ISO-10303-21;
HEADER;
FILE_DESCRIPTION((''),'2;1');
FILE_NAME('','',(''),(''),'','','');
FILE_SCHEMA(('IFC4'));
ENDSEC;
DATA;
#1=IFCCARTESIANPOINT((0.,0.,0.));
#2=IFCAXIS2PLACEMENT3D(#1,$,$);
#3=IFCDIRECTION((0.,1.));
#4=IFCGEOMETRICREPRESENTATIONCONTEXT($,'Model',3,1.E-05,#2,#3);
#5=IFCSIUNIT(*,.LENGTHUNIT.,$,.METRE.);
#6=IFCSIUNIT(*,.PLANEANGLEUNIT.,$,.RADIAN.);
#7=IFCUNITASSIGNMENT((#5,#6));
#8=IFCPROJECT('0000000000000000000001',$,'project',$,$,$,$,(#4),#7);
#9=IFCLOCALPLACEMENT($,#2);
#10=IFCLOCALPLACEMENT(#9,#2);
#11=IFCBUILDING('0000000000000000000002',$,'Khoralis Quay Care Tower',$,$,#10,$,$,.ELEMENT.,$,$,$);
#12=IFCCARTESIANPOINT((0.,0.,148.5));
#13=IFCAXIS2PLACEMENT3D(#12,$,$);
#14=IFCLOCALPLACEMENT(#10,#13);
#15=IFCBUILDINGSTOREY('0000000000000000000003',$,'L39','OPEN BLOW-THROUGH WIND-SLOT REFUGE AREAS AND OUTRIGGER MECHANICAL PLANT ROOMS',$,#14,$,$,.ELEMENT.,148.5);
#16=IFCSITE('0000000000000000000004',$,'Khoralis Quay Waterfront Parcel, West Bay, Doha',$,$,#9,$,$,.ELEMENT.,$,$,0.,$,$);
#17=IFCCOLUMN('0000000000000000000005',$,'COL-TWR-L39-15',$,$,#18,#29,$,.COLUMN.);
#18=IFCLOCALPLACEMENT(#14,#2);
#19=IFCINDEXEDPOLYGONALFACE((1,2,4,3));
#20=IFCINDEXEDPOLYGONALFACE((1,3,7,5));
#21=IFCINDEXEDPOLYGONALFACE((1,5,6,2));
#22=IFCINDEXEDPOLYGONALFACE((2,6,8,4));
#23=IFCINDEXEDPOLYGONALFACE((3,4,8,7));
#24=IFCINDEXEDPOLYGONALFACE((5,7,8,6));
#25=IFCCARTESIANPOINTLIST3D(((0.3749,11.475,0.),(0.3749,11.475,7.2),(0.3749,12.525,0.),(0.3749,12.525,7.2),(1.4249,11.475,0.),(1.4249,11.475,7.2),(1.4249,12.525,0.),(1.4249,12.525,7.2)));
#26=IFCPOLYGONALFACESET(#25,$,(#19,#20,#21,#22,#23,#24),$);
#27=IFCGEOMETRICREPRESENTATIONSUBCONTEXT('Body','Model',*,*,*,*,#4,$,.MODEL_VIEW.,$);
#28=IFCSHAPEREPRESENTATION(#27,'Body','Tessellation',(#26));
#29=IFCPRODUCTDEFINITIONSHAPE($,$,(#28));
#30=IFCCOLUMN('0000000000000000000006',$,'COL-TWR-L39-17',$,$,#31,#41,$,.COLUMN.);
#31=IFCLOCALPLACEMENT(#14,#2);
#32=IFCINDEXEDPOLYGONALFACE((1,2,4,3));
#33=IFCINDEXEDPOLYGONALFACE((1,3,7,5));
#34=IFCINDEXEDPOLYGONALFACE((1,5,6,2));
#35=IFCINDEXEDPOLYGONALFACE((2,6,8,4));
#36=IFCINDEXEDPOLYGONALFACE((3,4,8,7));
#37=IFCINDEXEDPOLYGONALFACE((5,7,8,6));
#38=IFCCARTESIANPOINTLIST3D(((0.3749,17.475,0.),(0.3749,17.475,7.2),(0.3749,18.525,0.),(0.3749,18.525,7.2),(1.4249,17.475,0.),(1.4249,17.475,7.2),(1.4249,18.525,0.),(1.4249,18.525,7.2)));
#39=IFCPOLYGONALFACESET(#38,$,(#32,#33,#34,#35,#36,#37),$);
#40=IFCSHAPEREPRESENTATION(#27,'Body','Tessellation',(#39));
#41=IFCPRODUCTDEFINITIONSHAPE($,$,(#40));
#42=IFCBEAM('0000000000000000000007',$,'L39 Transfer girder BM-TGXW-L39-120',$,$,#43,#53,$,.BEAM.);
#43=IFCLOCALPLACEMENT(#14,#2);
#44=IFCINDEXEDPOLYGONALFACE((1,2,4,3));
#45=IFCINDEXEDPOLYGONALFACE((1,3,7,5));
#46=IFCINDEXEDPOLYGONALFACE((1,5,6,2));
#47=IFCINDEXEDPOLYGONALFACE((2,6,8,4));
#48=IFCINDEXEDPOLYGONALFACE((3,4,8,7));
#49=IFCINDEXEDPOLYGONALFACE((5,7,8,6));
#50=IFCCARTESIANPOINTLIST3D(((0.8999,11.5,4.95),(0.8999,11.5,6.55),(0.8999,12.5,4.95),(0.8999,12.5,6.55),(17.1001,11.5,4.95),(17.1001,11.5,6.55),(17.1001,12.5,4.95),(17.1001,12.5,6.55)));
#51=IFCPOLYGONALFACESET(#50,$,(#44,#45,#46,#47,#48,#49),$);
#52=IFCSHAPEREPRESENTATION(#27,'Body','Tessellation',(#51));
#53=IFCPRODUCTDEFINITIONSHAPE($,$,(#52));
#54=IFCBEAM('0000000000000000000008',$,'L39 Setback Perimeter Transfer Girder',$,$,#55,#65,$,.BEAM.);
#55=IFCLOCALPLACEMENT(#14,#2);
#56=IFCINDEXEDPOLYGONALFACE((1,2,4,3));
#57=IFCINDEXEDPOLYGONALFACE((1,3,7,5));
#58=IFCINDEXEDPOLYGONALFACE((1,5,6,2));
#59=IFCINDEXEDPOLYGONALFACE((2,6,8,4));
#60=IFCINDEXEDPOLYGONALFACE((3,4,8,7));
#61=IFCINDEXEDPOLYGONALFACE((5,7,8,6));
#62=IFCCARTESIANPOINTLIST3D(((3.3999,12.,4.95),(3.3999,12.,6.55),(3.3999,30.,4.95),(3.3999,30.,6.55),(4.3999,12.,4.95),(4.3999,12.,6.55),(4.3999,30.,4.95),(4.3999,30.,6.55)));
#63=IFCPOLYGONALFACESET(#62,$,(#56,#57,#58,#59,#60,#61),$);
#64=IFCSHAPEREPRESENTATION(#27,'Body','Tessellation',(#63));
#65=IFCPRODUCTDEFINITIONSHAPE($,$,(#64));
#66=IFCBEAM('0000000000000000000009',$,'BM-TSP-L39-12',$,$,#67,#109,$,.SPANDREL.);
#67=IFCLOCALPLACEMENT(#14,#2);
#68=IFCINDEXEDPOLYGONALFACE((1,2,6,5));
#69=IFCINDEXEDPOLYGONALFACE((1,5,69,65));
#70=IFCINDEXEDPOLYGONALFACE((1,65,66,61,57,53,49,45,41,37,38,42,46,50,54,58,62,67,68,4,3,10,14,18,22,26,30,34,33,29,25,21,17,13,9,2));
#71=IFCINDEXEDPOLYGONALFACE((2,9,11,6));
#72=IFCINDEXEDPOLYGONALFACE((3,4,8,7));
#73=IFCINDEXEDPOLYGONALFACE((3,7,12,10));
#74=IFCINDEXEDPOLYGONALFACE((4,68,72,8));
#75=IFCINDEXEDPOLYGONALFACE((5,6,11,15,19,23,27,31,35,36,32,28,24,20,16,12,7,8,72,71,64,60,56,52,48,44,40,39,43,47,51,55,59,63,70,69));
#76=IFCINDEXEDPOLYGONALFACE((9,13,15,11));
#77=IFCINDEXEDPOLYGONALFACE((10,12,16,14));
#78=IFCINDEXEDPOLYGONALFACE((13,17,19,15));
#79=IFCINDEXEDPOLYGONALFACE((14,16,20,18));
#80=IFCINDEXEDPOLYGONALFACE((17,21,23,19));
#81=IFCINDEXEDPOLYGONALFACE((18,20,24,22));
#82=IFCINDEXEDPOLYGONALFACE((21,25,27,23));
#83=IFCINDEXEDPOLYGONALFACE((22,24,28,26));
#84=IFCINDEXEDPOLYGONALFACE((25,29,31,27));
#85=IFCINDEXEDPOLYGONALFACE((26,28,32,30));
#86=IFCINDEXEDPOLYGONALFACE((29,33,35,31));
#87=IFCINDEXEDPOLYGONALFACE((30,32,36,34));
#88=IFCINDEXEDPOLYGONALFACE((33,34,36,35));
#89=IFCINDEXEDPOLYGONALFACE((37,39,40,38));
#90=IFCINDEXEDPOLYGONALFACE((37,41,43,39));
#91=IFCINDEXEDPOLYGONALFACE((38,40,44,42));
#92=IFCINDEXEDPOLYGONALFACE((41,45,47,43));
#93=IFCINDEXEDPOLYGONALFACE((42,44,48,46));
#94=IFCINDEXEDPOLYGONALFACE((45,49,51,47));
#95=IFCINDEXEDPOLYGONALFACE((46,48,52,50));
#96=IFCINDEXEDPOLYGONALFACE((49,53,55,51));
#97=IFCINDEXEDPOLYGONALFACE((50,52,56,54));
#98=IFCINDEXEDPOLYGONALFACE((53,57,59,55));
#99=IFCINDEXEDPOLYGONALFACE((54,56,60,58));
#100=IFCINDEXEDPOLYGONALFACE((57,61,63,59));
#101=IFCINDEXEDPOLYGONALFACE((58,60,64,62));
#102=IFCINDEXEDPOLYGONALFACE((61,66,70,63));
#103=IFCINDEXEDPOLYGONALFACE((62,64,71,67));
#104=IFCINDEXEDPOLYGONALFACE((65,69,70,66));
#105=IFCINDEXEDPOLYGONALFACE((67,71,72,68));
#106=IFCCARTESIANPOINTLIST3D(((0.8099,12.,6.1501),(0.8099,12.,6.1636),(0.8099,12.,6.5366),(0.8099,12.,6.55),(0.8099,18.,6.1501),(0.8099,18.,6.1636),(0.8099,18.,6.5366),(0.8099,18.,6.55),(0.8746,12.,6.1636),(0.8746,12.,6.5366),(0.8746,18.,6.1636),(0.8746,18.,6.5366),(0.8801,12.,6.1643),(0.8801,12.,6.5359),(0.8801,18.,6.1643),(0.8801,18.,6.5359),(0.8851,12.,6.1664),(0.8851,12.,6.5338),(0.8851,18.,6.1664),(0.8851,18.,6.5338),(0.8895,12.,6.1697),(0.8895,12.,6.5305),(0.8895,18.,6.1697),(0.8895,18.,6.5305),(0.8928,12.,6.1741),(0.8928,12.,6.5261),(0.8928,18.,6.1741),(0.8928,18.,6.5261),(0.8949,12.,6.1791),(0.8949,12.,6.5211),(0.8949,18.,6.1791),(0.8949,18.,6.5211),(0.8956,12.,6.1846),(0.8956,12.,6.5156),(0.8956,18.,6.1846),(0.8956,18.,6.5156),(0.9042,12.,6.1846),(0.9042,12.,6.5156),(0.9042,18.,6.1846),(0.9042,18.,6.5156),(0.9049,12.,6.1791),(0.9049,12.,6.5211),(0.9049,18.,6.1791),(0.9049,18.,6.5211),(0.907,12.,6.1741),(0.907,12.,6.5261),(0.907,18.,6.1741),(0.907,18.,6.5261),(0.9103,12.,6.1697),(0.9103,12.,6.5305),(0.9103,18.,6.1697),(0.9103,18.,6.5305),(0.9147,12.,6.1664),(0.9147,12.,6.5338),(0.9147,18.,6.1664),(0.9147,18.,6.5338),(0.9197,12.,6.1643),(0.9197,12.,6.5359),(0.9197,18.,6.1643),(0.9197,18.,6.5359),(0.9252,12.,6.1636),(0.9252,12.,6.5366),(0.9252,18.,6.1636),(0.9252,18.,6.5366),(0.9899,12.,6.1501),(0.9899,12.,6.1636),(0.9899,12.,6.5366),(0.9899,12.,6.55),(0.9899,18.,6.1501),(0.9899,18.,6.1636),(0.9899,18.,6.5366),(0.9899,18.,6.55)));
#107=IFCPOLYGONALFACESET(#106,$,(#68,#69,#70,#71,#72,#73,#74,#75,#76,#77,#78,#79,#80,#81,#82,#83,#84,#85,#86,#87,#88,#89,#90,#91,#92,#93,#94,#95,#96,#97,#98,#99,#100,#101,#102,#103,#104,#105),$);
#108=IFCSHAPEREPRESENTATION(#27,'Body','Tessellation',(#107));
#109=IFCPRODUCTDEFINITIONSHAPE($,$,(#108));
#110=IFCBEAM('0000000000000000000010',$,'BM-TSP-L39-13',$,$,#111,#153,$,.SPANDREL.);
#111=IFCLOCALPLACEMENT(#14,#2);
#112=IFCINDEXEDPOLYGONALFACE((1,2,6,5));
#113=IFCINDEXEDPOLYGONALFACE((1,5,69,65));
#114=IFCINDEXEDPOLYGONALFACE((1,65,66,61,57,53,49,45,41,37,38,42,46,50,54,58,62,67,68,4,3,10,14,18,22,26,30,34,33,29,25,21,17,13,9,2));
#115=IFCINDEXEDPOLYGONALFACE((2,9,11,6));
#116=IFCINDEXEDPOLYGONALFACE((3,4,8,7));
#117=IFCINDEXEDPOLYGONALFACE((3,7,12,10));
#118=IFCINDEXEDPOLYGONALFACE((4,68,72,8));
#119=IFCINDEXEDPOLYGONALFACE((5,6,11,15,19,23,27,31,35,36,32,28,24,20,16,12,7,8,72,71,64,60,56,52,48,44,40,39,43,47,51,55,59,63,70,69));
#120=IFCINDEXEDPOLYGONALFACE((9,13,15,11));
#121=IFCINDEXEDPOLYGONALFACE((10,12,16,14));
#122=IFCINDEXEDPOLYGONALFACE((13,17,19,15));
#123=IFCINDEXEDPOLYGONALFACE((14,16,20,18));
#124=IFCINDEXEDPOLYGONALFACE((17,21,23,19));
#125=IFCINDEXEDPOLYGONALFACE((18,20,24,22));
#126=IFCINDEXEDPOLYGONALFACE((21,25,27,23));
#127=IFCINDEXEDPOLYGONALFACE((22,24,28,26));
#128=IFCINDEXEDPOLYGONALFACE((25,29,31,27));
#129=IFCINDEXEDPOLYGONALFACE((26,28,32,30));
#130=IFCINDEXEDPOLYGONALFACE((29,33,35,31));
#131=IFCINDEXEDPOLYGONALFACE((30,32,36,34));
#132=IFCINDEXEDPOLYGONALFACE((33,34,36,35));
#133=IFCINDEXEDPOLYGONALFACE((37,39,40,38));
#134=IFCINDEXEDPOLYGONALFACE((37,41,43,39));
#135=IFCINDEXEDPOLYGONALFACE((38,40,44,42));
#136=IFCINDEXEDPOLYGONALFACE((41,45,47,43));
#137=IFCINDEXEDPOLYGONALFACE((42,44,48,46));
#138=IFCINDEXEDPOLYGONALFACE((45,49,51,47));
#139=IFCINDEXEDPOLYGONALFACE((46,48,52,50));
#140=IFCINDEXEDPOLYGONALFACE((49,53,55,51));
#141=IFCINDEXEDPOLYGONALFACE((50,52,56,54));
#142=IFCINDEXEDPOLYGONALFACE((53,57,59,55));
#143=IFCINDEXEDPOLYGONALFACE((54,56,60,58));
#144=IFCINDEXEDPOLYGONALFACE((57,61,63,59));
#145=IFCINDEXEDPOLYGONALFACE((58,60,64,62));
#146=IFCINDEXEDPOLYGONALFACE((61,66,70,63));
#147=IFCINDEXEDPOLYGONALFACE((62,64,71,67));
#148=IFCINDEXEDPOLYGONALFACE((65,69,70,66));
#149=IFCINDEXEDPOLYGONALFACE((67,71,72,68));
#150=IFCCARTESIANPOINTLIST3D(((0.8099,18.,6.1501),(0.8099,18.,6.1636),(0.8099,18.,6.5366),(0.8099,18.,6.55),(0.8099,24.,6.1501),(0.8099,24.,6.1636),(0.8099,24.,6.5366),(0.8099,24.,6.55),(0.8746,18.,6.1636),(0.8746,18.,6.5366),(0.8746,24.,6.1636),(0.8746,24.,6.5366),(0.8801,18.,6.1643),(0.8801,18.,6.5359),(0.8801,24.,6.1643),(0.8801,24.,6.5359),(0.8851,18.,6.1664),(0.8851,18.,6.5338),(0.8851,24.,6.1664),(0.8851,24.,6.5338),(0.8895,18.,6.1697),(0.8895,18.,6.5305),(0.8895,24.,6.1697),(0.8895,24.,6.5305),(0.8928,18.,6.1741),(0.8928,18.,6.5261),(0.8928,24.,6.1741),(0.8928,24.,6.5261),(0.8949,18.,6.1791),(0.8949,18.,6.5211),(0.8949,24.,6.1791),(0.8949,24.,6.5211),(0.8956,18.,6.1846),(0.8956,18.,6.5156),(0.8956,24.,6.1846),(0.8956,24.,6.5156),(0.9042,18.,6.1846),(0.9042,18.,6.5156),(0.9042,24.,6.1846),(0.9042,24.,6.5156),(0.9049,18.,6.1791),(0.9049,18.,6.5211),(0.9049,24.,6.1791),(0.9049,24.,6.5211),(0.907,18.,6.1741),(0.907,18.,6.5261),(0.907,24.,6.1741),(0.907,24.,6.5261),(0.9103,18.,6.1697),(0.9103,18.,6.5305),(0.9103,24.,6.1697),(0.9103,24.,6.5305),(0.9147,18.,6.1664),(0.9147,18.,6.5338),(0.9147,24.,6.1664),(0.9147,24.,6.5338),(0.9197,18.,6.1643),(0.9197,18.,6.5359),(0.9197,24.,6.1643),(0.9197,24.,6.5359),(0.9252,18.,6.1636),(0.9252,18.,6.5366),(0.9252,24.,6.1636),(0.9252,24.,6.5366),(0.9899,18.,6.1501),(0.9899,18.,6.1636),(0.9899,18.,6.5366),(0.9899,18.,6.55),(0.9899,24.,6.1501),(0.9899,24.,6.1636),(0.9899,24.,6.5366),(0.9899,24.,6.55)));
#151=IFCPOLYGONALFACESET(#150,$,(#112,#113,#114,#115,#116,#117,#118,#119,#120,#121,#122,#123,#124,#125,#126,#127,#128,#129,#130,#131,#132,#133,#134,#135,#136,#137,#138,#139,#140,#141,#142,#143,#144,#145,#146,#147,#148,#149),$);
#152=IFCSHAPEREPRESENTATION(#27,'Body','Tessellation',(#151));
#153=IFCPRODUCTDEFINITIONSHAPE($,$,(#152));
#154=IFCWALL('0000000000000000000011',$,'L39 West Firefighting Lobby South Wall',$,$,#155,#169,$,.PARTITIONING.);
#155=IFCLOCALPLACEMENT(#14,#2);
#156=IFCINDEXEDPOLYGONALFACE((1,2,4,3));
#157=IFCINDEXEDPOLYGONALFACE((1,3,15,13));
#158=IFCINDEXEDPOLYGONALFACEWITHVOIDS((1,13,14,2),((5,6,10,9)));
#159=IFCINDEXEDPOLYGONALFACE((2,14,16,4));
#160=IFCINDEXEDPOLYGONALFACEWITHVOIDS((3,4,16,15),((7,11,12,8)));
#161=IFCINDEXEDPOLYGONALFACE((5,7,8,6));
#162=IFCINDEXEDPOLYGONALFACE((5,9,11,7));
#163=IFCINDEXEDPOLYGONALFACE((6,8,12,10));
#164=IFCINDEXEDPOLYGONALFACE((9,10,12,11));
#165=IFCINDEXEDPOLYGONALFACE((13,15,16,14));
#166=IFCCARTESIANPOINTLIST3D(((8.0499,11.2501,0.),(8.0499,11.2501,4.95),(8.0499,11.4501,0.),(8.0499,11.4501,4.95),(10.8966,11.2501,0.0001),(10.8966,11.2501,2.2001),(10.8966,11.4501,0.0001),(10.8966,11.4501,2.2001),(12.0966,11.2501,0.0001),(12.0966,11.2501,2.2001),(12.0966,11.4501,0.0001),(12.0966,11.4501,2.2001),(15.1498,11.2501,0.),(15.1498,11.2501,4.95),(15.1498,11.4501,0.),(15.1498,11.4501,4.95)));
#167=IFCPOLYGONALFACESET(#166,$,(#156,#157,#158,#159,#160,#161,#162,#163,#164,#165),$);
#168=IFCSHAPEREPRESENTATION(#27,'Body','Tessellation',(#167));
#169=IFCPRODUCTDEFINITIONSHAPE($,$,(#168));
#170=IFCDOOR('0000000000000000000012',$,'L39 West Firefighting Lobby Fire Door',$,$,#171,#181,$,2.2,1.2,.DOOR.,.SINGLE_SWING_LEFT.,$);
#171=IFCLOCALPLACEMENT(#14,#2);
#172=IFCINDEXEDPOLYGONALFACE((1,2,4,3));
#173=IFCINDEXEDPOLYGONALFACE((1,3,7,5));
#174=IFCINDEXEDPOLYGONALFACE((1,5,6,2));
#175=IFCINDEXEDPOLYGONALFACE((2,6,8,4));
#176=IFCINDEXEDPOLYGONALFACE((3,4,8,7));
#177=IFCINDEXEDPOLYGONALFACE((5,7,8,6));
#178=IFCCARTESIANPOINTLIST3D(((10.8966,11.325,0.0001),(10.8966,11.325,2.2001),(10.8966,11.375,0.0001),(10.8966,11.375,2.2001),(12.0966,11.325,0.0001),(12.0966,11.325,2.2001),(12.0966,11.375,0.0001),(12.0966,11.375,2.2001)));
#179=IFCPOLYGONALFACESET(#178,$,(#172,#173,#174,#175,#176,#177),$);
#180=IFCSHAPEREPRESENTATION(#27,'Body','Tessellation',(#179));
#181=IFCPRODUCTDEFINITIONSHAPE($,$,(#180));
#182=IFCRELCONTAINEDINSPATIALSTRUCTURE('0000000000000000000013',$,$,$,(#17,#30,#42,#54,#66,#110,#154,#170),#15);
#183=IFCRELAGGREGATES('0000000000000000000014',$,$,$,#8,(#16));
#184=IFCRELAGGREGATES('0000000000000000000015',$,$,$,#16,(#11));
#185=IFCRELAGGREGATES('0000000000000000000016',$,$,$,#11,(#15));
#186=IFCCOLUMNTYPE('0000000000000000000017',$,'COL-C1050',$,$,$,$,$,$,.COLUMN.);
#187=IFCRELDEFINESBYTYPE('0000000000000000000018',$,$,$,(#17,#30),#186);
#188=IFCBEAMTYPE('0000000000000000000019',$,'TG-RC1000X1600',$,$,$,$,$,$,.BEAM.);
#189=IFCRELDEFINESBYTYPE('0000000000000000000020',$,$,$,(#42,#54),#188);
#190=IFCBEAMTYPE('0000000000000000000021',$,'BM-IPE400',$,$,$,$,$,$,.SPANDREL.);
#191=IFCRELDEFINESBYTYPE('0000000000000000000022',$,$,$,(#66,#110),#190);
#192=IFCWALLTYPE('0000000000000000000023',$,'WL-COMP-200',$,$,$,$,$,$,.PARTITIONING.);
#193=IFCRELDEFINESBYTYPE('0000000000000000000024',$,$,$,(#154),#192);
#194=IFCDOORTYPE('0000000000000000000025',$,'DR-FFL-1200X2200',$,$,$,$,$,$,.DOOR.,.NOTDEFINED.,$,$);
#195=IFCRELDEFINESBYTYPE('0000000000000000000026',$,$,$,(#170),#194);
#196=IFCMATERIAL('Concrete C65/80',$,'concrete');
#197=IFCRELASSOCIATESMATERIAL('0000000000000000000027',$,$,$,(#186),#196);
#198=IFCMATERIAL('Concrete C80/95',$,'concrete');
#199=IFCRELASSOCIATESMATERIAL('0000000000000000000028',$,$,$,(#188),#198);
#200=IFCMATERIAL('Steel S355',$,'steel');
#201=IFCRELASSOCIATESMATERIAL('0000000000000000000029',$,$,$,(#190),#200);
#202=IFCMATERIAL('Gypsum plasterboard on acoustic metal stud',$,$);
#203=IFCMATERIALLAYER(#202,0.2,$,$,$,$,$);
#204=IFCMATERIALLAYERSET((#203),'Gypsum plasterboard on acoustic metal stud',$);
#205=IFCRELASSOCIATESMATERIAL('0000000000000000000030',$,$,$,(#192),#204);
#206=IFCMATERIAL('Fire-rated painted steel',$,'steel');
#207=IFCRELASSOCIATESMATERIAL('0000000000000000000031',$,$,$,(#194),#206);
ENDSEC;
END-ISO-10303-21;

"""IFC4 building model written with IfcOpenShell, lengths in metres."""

from ifc_helpers import new_model, si_unit, direction, frame, frame_2d, origin, origin_2d, place, context, subcontext, project, spatial, rectangle, i_section, extrude, source, transform, mapped, material, layer, layer_set, material_profile, profile_set, type_object, element, fill, save


model = new_model("IFC4")

# Units and contexts
model_context = context("Model", 3, precision=1e-05, world=origin(), true_north=direction((0.0, 1.0)))
body_context = subcontext(model_context, "Body", "Model", "MODEL_VIEW")
ifc_project = project(units=[si_unit("LENGTHUNIT", "METRE"), si_unit("PLANEANGLEUNIT", "RADIAN")], contexts=[model_context])

# Site, building, storey
site_placement = place(None, origin())
site = spatial("IfcSite", under=ifc_project, at=site_placement, Name="Khoralis Quay Waterfront Parcel, West Bay, Doha", CompositionType="ELEMENT", RefElevation=0.0)
building_placement = place(site_placement, origin())
building = spatial("IfcBuilding", under=site, at=building_placement, Name="Khoralis Quay Care Tower", CompositionType="ELEMENT")
storey_placement = place(building_placement, frame((0.0, 0.0, 148.5)))
storey = spatial("IfcBuildingStorey", under=building, at=storey_placement, Name="L39", Description="OPEN BLOW-THROUGH WIND-SLOT REFUGE AREAS AND OUTRIGGER MECHANICAL PLANT ROOMS", CompositionType="ELEMENT", Elevation=148.5)

# Columns
ifc_material_1 = material(Name="Concrete C65/80", Category="concrete")
ifc_material_profile_1 = material_profile(ifc_material_1, rectangle(XDim=1.05, YDim=1.05, at=origin_2d()), Name="Concrete C65/80")
ifc_profile_set_1 = profile_set([ifc_material_profile_1], Name="Concrete C65/80")
column_type = type_object("IfcColumnType", Name="COL-C1050", PredefinedType="COLUMN", material=ifc_profile_set_1)
shared_shape_1 = source(origin(), body_context, "Body", "SweptSolid", [
    extrude(rectangle(XDim=1.05, YDim=1.05, at=origin_2d()), origin(), (0.0, 0.0, 1.0), 7.2),
])
for number, where, z_axis, x_axis, name in (
    (1, (0.8999, 12.0, 0.0), (0.0, 0.0, 1.0), (1.0, 0.0, 0.0), "COL-TWR-L39-15"),
    (2, (0.8999, 18.0, 0.0), (0.0, 0.0, 1.0), (1.0, 0.0, 0.0), "COL-TWR-L39-17"),
):
    element("IfcColumn", number, at=place(storey_placement, frame(where, z_axis=z_axis, x_axis=x_axis)), inside=storey, type_object=column_type, Name=name, PredefinedType="COLUMN", context=body_context, shape_type="MappedRepresentation", body=[
        mapped(shared_shape_1, transform((0.0, 0.0, 0.0), scale=1.0)),
    ])

# Beams
ifc_material_2 = material(Name="Concrete C80/95", Category="concrete")
ifc_material_profile_2 = material_profile(ifc_material_2, rectangle(XDim=1.0, YDim=1.6001, at=origin_2d()), Name="Concrete C80/95")
ifc_profile_set_2 = profile_set([ifc_material_profile_2], Name="Concrete C80/95")
beam_type_1 = type_object("IfcBeamType", Name="TG-RC1000X1600", PredefinedType="BEAM", material=ifc_profile_set_2)
shared_shape_2 = source(origin(), body_context, "Body", "SweptSolid", [
    extrude(rectangle(XDim=1.0, YDim=1.6001, at=origin_2d()), origin(), (0.0, 0.0, 1.0), 16.2002),
])
beam_1_placement = place(storey_placement, frame((0.8999, 12.0, 5.75), z_axis=(1.0, 0.0, 0.0), x_axis=(0.0, 1.0, 0.0)))
element("IfcBeam", 3, at=beam_1_placement, inside=storey, type_object=beam_type_1, Name="L39 Transfer girder BM-TGXW-L39-120", PredefinedType="BEAM", context=body_context, shape_type="MappedRepresentation", body=[
    mapped(shared_shape_2, transform((0.0, 0.0, 0.0), scale=1.0)),
])
shared_shape_3 = source(origin(), body_context, "Body", "SweptSolid", [
    extrude(rectangle(XDim=1.0, YDim=1.6001, at=origin_2d()), origin(), (0.0, 0.0, 1.0), 18.0),
])
beam_2_placement = place(storey_placement, frame((3.8999, 12.0, 5.75), z_axis=(0.0, 1.0, 0.0), x_axis=(-1.0, 0.0, 0.0)))
element("IfcBeam", 4, at=beam_2_placement, inside=storey, type_object=beam_type_1, Name="L39 Setback Perimeter Transfer Girder", PredefinedType="BEAM", context=body_context, shape_type="MappedRepresentation", body=[
    mapped(shared_shape_3, transform((0.0, 0.0, 0.0), scale=1.0)),
])
ifc_material_3 = material(Name="Steel S355", Category="steel")
ifc_material_profile_3 = material_profile(ifc_material_3, i_section(OverallWidth=0.1799, OverallDepth=0.3999, WebThickness=0.0085, FlangeThickness=0.0134, FilletRadius=0.021, at=origin_2d()), Name="Steel S355")
ifc_profile_set_3 = profile_set([ifc_material_profile_3], Name="Steel S355")
beam_type_2 = type_object("IfcBeamType", Name="BM-IPE400", PredefinedType="SPANDREL", material=ifc_profile_set_3)
shared_shape_4 = source(origin(), body_context, "Body", "SweptSolid", [
    extrude(i_section(OverallWidth=0.1799, OverallDepth=0.3999, WebThickness=0.0085, FlangeThickness=0.0134, FilletRadius=0.021, at=origin_2d()), origin(), (0.0, 0.0, 1.0), 6.0),
])
for number, where, z_axis, x_axis, name in (
    (5, (0.8999, 12.0, 6.3501), (0.0, 1.0, 0.0), (-1.0, 0.0, 0.0), "BM-TSP-L39-12"),
    (6, (0.8999, 18.0, 6.3501), (0.0, 1.0, 0.0), (-1.0, 0.0, 0.0), "BM-TSP-L39-13"),
):
    element("IfcBeam", number, at=place(storey_placement, frame(where, z_axis=z_axis, x_axis=x_axis)), inside=storey, type_object=beam_type_2, Name=name, PredefinedType="SPANDREL", context=body_context, shape_type="MappedRepresentation", body=[
        mapped(shared_shape_4, transform((0.0, 0.0, 0.0), scale=1.0)),
    ])

# Wall, opening, door
ifc_material_4 = material(Name="Gypsum plasterboard on acoustic metal stud")
ifc_layer_1 = layer(ifc_material_4, 0.2)
ifc_layer_set_1 = layer_set([ifc_layer_1], Name="Gypsum plasterboard on acoustic metal stud")
wall_type_1 = type_object("IfcWallType", Name="WL-COMP-200", PredefinedType="PARTITIONING", material=ifc_layer_set_1)
wall_1_placement = place(storey_placement, frame((8.05, 11.3501, 0.0), z_axis=(0.0, 0.0, 1.0), x_axis=(1.0, 0.0, 0.0)))
wall_1 = element("IfcWall", 7, at=wall_1_placement, inside=storey, type_object=wall_type_1, Name="L39 West Firefighting Lobby South Wall", PredefinedType="PARTITIONING", context=body_context, shape_type="SweptSolid", body=[
    extrude(rectangle(XDim=7.0999, YDim=0.2, at=frame_2d((3.5498, 0.0))), origin(), (0.0, 0.0, 1.0), 4.95),
])
opening_1_placement = place(wall_1_placement, frame((2.8464, 0.0, 0.0)))
opening_1 = element("IfcOpeningElement", 8, at=opening_1_placement, cuts=wall_1, PredefinedType="OPENING", context=body_context, shape_type="SweptSolid", body=[
    extrude(rectangle(XDim=1.2, YDim=2.2, at=frame_2d((0.6001, 1.1001))), frame((0.0, 0.1099, 0.0), z_axis=(0.0, -1.0, 0.0), x_axis=(1.0, 0.0, 0.0)), (0.0, 0.0, 1.0), 0.22),
])
ifc_material_5 = material(Name="Fire-rated painted steel", Category="steel")
door_type_1 = type_object("IfcDoorType", Name="DR-FFL-1200X2200", OperationType="NOTDEFINED", PredefinedType="DOOR", material=ifc_material_5)
shared_shape_5 = source(origin(), body_context, "Body", "SweptSolid", [
    extrude(rectangle(XDim=1.2, YDim=2.2, at=frame_2d((0.6001, 1.1001))), frame((0.0, 0.0249, 0.0), z_axis=(0.0, -1.0, 0.0), x_axis=(1.0, 0.0, 0.0)), (0.0, 0.0, 1.0), 0.05),
])
door_1_placement = place(opening_1_placement, origin())
door_1 = element("IfcDoor", 9, at=door_1_placement, inside=storey, type_object=door_type_1, Name="L39 West Firefighting Lobby Fire Door", OperationType="SINGLE_SWING_LEFT", OverallHeight=2.2, OverallWidth=1.2, PredefinedType="DOOR", context=body_context, shape_type="MappedRepresentation", body=[
    mapped(shared_shape_5, transform((0.0, 0.0, 0.0), scale=1.0)),
])
fill(opening_1, door_1)

save(model, "model.ifc")
